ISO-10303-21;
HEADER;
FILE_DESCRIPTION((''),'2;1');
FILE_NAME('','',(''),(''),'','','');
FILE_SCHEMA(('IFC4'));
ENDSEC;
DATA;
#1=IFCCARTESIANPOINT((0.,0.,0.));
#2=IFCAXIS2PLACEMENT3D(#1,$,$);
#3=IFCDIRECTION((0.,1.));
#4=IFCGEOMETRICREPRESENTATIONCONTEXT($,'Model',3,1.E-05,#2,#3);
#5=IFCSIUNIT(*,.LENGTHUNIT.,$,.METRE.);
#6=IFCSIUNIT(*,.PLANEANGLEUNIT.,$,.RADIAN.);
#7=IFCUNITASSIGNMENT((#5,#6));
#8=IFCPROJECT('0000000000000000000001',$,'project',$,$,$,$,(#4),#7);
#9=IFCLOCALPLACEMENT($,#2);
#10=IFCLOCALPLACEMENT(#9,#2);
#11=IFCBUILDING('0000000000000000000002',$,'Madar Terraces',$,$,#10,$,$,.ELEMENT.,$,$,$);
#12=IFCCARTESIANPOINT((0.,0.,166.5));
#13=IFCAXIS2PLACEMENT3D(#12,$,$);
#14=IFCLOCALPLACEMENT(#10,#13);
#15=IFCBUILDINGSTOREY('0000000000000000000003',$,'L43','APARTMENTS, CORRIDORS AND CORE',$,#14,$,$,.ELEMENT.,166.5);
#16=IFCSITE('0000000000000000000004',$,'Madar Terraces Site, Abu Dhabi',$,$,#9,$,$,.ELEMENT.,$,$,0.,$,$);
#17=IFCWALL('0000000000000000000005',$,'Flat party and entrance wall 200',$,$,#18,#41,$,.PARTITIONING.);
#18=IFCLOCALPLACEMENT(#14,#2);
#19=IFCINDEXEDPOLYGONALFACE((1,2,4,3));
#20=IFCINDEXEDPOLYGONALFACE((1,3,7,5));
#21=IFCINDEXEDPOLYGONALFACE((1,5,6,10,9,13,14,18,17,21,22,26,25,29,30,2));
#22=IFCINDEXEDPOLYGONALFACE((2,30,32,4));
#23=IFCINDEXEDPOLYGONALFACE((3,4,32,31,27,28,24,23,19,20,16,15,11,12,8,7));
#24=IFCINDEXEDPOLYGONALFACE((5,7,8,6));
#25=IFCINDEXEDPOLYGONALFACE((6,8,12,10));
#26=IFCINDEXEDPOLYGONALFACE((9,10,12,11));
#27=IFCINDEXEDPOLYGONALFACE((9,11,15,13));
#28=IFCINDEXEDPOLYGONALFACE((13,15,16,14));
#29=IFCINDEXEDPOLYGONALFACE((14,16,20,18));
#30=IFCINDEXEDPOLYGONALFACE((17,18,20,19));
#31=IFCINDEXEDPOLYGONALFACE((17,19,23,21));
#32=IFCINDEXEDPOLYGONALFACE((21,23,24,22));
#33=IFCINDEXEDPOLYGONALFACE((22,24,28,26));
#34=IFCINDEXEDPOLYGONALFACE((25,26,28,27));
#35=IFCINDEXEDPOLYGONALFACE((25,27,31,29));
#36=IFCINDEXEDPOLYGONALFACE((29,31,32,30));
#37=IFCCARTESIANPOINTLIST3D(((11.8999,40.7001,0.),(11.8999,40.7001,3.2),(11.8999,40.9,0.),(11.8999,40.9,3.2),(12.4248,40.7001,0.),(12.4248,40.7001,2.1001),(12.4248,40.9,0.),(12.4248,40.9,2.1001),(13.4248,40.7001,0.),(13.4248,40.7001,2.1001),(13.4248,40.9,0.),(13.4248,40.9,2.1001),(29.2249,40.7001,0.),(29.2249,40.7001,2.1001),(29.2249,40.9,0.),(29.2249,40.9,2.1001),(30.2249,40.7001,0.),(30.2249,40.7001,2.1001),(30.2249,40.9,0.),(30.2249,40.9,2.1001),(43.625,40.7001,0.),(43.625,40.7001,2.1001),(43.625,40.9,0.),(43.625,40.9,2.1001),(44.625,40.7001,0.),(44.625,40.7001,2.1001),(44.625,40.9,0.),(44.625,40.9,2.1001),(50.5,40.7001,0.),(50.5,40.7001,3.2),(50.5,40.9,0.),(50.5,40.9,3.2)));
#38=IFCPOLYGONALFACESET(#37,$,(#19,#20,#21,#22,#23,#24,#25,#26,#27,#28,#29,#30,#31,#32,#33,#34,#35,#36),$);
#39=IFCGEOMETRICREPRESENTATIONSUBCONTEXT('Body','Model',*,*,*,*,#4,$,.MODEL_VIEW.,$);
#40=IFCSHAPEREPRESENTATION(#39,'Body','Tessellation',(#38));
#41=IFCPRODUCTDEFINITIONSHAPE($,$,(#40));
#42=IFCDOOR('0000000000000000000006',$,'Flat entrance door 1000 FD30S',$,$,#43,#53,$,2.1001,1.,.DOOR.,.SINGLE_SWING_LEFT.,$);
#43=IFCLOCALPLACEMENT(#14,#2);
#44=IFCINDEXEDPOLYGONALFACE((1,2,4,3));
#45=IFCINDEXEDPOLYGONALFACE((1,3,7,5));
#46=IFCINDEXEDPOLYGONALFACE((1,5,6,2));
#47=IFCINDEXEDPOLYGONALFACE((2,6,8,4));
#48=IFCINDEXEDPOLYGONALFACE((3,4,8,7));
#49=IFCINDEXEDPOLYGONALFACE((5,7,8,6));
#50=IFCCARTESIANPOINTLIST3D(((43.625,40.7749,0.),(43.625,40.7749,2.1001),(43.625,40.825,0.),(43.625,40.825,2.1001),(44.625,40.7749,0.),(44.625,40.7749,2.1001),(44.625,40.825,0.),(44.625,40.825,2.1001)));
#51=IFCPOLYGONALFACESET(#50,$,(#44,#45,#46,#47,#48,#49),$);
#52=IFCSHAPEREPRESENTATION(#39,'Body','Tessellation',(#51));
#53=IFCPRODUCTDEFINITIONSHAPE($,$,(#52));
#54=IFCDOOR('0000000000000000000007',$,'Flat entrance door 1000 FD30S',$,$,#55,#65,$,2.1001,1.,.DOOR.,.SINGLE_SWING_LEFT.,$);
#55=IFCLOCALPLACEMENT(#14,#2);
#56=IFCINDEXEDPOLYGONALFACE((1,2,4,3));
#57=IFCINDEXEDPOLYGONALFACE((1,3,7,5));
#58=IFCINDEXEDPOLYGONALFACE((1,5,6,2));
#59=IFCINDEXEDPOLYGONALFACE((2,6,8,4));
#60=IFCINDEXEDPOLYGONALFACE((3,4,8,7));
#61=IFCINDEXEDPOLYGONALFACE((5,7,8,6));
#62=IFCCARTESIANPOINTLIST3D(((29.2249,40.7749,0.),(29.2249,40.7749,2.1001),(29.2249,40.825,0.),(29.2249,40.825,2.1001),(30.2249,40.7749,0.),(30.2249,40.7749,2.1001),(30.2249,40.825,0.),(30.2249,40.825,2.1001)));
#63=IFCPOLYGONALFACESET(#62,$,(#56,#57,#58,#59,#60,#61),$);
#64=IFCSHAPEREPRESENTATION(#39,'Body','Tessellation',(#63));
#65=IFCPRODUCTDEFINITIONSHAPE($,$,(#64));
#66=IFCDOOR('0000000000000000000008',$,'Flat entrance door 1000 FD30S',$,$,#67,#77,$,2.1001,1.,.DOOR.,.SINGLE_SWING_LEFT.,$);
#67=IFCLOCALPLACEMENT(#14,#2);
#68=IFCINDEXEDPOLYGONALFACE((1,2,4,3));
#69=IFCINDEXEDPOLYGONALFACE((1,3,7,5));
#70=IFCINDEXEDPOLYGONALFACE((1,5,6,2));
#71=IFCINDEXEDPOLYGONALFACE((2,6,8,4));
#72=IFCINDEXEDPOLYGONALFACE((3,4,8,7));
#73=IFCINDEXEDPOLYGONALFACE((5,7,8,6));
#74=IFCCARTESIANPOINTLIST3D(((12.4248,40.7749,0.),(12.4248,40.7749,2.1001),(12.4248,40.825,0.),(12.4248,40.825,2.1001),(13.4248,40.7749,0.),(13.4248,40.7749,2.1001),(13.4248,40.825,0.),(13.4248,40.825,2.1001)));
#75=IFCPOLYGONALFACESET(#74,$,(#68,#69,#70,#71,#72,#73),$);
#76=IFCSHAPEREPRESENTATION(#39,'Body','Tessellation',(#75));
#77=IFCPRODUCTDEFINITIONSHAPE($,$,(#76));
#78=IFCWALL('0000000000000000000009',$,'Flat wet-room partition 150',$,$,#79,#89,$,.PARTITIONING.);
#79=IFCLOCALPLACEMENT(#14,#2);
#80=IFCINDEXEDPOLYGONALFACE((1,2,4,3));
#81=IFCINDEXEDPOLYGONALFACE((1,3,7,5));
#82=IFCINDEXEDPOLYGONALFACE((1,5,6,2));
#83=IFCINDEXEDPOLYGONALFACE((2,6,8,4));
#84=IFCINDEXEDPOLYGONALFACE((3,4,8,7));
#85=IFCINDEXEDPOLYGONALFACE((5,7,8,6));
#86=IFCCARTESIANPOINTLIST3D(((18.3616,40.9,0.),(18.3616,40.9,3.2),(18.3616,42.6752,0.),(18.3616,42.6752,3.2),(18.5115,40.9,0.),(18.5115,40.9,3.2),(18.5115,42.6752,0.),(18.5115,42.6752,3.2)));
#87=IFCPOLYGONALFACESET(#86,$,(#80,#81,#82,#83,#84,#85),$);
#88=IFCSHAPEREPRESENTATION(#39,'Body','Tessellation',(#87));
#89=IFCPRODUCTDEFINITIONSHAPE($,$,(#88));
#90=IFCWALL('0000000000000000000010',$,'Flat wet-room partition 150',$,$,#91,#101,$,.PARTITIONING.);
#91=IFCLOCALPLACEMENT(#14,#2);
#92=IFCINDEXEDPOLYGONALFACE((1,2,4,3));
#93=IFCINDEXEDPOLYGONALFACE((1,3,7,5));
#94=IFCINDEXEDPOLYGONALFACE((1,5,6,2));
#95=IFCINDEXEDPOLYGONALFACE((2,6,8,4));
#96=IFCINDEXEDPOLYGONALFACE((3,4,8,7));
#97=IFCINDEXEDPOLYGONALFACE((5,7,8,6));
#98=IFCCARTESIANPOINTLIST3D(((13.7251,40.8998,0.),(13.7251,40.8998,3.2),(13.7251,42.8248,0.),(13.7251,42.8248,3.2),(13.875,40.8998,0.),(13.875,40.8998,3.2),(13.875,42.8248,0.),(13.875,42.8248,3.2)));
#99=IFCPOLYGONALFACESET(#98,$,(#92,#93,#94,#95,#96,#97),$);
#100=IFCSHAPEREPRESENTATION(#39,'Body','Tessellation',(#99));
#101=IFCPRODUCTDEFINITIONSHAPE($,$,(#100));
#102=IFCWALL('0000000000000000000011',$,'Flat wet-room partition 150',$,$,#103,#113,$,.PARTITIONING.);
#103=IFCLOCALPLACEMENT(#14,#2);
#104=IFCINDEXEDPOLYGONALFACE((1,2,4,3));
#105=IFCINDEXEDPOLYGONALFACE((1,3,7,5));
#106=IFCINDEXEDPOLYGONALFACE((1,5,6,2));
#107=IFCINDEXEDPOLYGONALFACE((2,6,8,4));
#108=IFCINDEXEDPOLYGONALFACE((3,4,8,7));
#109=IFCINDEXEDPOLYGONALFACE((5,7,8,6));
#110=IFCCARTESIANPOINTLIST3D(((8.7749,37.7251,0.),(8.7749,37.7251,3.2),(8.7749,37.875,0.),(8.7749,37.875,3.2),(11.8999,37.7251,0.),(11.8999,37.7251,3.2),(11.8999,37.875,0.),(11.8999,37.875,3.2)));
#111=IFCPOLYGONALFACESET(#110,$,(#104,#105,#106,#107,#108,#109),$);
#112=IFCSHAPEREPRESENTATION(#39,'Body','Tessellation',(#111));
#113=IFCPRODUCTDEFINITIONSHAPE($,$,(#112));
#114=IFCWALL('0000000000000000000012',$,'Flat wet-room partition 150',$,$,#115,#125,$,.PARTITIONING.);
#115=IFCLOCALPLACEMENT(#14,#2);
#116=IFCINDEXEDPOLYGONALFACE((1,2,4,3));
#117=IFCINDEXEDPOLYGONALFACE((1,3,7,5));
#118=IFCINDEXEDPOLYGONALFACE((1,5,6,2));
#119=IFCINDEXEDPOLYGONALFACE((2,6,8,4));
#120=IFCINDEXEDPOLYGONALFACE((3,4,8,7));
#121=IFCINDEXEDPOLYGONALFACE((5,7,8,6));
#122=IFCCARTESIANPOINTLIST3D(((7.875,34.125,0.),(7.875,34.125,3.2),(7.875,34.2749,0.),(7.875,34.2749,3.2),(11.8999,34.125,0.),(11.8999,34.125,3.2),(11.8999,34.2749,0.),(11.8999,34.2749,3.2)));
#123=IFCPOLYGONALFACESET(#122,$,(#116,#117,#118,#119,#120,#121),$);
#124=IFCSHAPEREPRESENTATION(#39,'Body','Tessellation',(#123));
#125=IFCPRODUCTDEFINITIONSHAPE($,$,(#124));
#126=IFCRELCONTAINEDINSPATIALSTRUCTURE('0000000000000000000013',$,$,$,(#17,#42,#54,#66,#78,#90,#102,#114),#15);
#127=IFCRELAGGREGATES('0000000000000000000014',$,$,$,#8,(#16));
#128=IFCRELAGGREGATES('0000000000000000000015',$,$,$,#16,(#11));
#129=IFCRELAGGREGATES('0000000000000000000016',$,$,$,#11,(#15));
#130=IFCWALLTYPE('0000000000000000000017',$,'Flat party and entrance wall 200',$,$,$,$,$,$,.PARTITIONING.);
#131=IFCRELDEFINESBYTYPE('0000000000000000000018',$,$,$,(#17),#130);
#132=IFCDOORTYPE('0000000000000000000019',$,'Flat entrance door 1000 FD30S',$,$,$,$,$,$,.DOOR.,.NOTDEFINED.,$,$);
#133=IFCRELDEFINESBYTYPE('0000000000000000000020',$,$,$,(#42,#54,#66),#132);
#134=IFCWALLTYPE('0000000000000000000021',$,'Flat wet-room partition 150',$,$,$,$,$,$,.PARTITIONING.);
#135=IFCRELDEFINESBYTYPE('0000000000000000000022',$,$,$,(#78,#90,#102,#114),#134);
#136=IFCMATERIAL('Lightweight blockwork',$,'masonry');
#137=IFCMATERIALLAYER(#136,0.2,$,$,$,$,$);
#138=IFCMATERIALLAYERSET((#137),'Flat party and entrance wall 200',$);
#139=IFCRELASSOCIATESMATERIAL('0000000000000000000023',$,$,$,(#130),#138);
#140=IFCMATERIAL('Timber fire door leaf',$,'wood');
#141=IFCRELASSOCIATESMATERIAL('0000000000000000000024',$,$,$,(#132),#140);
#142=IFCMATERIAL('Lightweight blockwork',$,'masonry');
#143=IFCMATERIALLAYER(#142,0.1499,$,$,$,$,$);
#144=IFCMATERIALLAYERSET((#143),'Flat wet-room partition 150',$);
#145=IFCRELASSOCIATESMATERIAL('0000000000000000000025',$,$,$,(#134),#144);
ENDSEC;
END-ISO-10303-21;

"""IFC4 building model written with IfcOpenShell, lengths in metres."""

from ifc_helpers import new_model, si_unit, direction, frame, frame_2d, origin, place, context, subcontext, project, spatial, rectangle, extrude, material, layer, layer_set, type_object, element, fill, save


model = new_model("IFC4")

# Units and contexts
model_context = context("Model", 3, precision=1e-05, world=origin(), true_north=direction((0.0, 1.0)))
body_context = subcontext(model_context, "Body", "Model", "MODEL_VIEW")
ifc_project = project(units=[si_unit("LENGTHUNIT", "METRE"), si_unit("PLANEANGLEUNIT", "RADIAN")], contexts=[model_context])

# Site, building, storey
site_placement = place(None, origin())
site = spatial("IfcSite", under=ifc_project, at=site_placement, Name="Madar Terraces Site, Abu Dhabi", CompositionType="ELEMENT", RefElevation=0.0)
building_placement = place(site_placement, origin())
building = spatial("IfcBuilding", under=site, at=building_placement, Name="Madar Terraces", CompositionType="ELEMENT")
storey_placement = place(building_placement, frame((0.0, 0.0, 166.5)))
storey = spatial("IfcBuildingStorey", under=building, at=storey_placement, Name="L43", Description="APARTMENTS, CORRIDORS AND CORE", CompositionType="ELEMENT", Elevation=166.5)

# Wall, openings, doors
ifc_material_1 = material(Name="Lightweight blockwork", Category="masonry")
ifc_layer_1 = layer(ifc_material_1, 0.2)
ifc_layer_set_1 = layer_set([ifc_layer_1], Name="Flat party and entrance wall 200")
wall_type_1 = type_object("IfcWallType", Name="Flat party and entrance wall 200", PredefinedType="PARTITIONING", material=ifc_layer_set_1)
wall_1_placement = place(storey_placement, frame((11.8999, 40.8, 0.0), z_axis=(0.0, 0.0, 1.0), x_axis=(1.0, 0.0, 0.0)))
wall_1 = element("IfcWall", 1, at=wall_1_placement, inside=storey, type_object=wall_type_1, Name="Flat party and entrance wall 200", PredefinedType="PARTITIONING", context=body_context, shape_type="SweptSolid", body=[
    extrude(rectangle(XDim=38.6001, YDim=0.2, at=frame_2d((19.3, 0.0))), origin(), (0.0, 0.0, 1.0), 3.2),
])
opening_1_placement = place(wall_1_placement, frame((31.7251, 0.0, 0.0)))
opening_1 = element("IfcOpeningElement", 2, at=opening_1_placement, cuts=wall_1, PredefinedType="OPENING", context=body_context, shape_type="SweptSolid", body=[
    extrude(rectangle(XDim=1.0, YDim=2.1001, at=frame_2d((0.5, 1.05))), frame((0.0, 0.1099, 0.0), z_axis=(0.0, -1.0, 0.0), x_axis=(1.0, 0.0, 0.0)), (0.0, 0.0, 1.0), 0.22),
])
opening_2_placement = place(wall_1_placement, frame((17.325, 0.0, 0.0)))
opening_2 = element("IfcOpeningElement", 3, at=opening_2_placement, cuts=wall_1, PredefinedType="OPENING", context=body_context, shape_type="SweptSolid", body=[
    extrude(rectangle(XDim=1.0, YDim=2.1001, at=frame_2d((0.5, 1.05))), frame((0.0, 0.1099, 0.0), z_axis=(0.0, -1.0, 0.0), x_axis=(1.0, 0.0, 0.0)), (0.0, 0.0, 1.0), 0.22),
])
opening_3_placement = place(wall_1_placement, frame((0.5249, 0.0, 0.0)))
opening_3 = element("IfcOpeningElement", 4, at=opening_3_placement, cuts=wall_1, PredefinedType="OPENING", context=body_context, shape_type="SweptSolid", body=[
    extrude(rectangle(XDim=1.0, YDim=2.1001, at=frame_2d((0.5, 1.05))), frame((0.0, 0.1099, 0.0), z_axis=(0.0, -1.0, 0.0), x_axis=(1.0, 0.0, 0.0)), (0.0, 0.0, 1.0), 0.22),
])
ifc_material_2 = material(Name="Timber fire door leaf", Category="wood")
door_type_1 = type_object("IfcDoorType", Name="Flat entrance door 1000 FD30S", OperationType="NOTDEFINED", PredefinedType="DOOR", material=ifc_material_2)
door_1_placement = place(opening_1_placement, origin())
door_1 = element("IfcDoor", 5, at=door_1_placement, inside=storey, type_object=door_type_1, Name="Flat entrance door 1000 FD30S", OperationType="SINGLE_SWING_LEFT", OverallHeight=2.1001, OverallWidth=1.0, PredefinedType="DOOR", context=body_context, shape_type="SweptSolid", body=[
    extrude(rectangle(XDim=1.0, YDim=2.1001, at=frame_2d((0.5, 1.05))), frame((0.0, 0.0249, 0.0), z_axis=(0.0, -1.0, 0.0), x_axis=(1.0, 0.0, 0.0)), (0.0, 0.0, 1.0), 0.05),
])
fill(opening_1, door_1)
door_2_placement = place(opening_2_placement, origin())
door_2 = element("IfcDoor", 6, at=door_2_placement, inside=storey, type_object=door_type_1, Name="Flat entrance door 1000 FD30S", OperationType="SINGLE_SWING_LEFT", OverallHeight=2.1001, OverallWidth=1.0, PredefinedType="DOOR", context=body_context, shape_type="SweptSolid", body=[
    extrude(rectangle(XDim=1.0, YDim=2.1001, at=frame_2d((0.5, 1.05))), frame((0.0, 0.0249, 0.0), z_axis=(0.0, -1.0, 0.0), x_axis=(1.0, 0.0, 0.0)), (0.0, 0.0, 1.0), 0.05),
])
fill(opening_2, door_2)
door_3_placement = place(opening_3_placement, origin())
door_3 = element("IfcDoor", 7, at=door_3_placement, inside=storey, type_object=door_type_1, Name="Flat entrance door 1000 FD30S", OperationType="SINGLE_SWING_LEFT", OverallHeight=2.1001, OverallWidth=1.0, PredefinedType="DOOR", context=body_context, shape_type="SweptSolid", body=[
    extrude(rectangle(XDim=1.0, YDim=2.1001, at=frame_2d((0.5, 1.05))), frame((0.0, 0.0249, 0.0), z_axis=(0.0, -1.0, 0.0), x_axis=(1.0, 0.0, 0.0)), (0.0, 0.0, 1.0), 0.05),
])
fill(opening_3, door_3)

# Walls
ifc_material_3 = material(Name="Lightweight blockwork", Category="masonry")
ifc_layer_2 = layer(ifc_material_3, 0.1499)
ifc_layer_set_2 = layer_set([ifc_layer_2], Name="Flat wet-room partition 150")
wall_type_2 = type_object("IfcWallType", Name="Flat wet-room partition 150", PredefinedType="PARTITIONING", material=ifc_layer_set_2)
wall_2_placement = place(storey_placement, frame((18.4365, 40.8999, 0.0), z_axis=(0.0, 0.0, 1.0), x_axis=(0.0, 1.0, 0.0)))
element("IfcWall", 8, at=wall_2_placement, inside=storey, type_object=wall_type_2, Name="Flat wet-room partition 150", PredefinedType="PARTITIONING", context=body_context, shape_type="SweptSolid", body=[
    extrude(rectangle(XDim=1.7751, YDim=0.1499, at=frame_2d((0.8877, 0.0))), origin(), (0.0, 0.0, 1.0), 3.2),
])
wall_3_placement = place(storey_placement, frame((13.8, 40.8999, 0.0), z_axis=(0.0, 0.0, 1.0), x_axis=(0.0, 1.0, 0.0)))
element("IfcWall", 9, at=wall_3_placement, inside=storey, type_object=wall_type_2, Name="Flat wet-room partition 150", PredefinedType="PARTITIONING", context=body_context, shape_type="SweptSolid", body=[
    extrude(rectangle(XDim=1.925, YDim=0.1499, at=frame_2d((0.9624, 0.0))), origin(), (0.0, 0.0, 1.0), 3.2),
])
wall_4_placement = place(storey_placement, frame((11.8999, 37.8, 0.0), z_axis=(0.0, 0.0, 1.0), x_axis=(-1.0, 0.0, 0.0)))
element("IfcWall", 10, at=wall_4_placement, inside=storey, type_object=wall_type_2, Name="Flat wet-room partition 150", PredefinedType="PARTITIONING", context=body_context, shape_type="SweptSolid", body=[
    extrude(rectangle(XDim=3.125, YDim=0.1499, at=frame_2d((1.5625, 0.0))), origin(), (0.0, 0.0, 1.0), 3.2),
])
wall_5_placement = place(storey_placement, frame((11.8999, 34.2, 0.0), z_axis=(0.0, 0.0, 1.0), x_axis=(-1.0, 0.0, 0.0)))
element("IfcWall", 11, at=wall_5_placement, inside=storey, type_object=wall_type_2, Name="Flat wet-room partition 150", PredefinedType="PARTITIONING", context=body_context, shape_type="SweptSolid", body=[
    extrude(rectangle(XDim=4.0249, YDim=0.1499, at=frame_2d((2.0125, 0.0))), origin(), (0.0, 0.0, 1.0), 3.2),
])

save(model, "model.ifc")
